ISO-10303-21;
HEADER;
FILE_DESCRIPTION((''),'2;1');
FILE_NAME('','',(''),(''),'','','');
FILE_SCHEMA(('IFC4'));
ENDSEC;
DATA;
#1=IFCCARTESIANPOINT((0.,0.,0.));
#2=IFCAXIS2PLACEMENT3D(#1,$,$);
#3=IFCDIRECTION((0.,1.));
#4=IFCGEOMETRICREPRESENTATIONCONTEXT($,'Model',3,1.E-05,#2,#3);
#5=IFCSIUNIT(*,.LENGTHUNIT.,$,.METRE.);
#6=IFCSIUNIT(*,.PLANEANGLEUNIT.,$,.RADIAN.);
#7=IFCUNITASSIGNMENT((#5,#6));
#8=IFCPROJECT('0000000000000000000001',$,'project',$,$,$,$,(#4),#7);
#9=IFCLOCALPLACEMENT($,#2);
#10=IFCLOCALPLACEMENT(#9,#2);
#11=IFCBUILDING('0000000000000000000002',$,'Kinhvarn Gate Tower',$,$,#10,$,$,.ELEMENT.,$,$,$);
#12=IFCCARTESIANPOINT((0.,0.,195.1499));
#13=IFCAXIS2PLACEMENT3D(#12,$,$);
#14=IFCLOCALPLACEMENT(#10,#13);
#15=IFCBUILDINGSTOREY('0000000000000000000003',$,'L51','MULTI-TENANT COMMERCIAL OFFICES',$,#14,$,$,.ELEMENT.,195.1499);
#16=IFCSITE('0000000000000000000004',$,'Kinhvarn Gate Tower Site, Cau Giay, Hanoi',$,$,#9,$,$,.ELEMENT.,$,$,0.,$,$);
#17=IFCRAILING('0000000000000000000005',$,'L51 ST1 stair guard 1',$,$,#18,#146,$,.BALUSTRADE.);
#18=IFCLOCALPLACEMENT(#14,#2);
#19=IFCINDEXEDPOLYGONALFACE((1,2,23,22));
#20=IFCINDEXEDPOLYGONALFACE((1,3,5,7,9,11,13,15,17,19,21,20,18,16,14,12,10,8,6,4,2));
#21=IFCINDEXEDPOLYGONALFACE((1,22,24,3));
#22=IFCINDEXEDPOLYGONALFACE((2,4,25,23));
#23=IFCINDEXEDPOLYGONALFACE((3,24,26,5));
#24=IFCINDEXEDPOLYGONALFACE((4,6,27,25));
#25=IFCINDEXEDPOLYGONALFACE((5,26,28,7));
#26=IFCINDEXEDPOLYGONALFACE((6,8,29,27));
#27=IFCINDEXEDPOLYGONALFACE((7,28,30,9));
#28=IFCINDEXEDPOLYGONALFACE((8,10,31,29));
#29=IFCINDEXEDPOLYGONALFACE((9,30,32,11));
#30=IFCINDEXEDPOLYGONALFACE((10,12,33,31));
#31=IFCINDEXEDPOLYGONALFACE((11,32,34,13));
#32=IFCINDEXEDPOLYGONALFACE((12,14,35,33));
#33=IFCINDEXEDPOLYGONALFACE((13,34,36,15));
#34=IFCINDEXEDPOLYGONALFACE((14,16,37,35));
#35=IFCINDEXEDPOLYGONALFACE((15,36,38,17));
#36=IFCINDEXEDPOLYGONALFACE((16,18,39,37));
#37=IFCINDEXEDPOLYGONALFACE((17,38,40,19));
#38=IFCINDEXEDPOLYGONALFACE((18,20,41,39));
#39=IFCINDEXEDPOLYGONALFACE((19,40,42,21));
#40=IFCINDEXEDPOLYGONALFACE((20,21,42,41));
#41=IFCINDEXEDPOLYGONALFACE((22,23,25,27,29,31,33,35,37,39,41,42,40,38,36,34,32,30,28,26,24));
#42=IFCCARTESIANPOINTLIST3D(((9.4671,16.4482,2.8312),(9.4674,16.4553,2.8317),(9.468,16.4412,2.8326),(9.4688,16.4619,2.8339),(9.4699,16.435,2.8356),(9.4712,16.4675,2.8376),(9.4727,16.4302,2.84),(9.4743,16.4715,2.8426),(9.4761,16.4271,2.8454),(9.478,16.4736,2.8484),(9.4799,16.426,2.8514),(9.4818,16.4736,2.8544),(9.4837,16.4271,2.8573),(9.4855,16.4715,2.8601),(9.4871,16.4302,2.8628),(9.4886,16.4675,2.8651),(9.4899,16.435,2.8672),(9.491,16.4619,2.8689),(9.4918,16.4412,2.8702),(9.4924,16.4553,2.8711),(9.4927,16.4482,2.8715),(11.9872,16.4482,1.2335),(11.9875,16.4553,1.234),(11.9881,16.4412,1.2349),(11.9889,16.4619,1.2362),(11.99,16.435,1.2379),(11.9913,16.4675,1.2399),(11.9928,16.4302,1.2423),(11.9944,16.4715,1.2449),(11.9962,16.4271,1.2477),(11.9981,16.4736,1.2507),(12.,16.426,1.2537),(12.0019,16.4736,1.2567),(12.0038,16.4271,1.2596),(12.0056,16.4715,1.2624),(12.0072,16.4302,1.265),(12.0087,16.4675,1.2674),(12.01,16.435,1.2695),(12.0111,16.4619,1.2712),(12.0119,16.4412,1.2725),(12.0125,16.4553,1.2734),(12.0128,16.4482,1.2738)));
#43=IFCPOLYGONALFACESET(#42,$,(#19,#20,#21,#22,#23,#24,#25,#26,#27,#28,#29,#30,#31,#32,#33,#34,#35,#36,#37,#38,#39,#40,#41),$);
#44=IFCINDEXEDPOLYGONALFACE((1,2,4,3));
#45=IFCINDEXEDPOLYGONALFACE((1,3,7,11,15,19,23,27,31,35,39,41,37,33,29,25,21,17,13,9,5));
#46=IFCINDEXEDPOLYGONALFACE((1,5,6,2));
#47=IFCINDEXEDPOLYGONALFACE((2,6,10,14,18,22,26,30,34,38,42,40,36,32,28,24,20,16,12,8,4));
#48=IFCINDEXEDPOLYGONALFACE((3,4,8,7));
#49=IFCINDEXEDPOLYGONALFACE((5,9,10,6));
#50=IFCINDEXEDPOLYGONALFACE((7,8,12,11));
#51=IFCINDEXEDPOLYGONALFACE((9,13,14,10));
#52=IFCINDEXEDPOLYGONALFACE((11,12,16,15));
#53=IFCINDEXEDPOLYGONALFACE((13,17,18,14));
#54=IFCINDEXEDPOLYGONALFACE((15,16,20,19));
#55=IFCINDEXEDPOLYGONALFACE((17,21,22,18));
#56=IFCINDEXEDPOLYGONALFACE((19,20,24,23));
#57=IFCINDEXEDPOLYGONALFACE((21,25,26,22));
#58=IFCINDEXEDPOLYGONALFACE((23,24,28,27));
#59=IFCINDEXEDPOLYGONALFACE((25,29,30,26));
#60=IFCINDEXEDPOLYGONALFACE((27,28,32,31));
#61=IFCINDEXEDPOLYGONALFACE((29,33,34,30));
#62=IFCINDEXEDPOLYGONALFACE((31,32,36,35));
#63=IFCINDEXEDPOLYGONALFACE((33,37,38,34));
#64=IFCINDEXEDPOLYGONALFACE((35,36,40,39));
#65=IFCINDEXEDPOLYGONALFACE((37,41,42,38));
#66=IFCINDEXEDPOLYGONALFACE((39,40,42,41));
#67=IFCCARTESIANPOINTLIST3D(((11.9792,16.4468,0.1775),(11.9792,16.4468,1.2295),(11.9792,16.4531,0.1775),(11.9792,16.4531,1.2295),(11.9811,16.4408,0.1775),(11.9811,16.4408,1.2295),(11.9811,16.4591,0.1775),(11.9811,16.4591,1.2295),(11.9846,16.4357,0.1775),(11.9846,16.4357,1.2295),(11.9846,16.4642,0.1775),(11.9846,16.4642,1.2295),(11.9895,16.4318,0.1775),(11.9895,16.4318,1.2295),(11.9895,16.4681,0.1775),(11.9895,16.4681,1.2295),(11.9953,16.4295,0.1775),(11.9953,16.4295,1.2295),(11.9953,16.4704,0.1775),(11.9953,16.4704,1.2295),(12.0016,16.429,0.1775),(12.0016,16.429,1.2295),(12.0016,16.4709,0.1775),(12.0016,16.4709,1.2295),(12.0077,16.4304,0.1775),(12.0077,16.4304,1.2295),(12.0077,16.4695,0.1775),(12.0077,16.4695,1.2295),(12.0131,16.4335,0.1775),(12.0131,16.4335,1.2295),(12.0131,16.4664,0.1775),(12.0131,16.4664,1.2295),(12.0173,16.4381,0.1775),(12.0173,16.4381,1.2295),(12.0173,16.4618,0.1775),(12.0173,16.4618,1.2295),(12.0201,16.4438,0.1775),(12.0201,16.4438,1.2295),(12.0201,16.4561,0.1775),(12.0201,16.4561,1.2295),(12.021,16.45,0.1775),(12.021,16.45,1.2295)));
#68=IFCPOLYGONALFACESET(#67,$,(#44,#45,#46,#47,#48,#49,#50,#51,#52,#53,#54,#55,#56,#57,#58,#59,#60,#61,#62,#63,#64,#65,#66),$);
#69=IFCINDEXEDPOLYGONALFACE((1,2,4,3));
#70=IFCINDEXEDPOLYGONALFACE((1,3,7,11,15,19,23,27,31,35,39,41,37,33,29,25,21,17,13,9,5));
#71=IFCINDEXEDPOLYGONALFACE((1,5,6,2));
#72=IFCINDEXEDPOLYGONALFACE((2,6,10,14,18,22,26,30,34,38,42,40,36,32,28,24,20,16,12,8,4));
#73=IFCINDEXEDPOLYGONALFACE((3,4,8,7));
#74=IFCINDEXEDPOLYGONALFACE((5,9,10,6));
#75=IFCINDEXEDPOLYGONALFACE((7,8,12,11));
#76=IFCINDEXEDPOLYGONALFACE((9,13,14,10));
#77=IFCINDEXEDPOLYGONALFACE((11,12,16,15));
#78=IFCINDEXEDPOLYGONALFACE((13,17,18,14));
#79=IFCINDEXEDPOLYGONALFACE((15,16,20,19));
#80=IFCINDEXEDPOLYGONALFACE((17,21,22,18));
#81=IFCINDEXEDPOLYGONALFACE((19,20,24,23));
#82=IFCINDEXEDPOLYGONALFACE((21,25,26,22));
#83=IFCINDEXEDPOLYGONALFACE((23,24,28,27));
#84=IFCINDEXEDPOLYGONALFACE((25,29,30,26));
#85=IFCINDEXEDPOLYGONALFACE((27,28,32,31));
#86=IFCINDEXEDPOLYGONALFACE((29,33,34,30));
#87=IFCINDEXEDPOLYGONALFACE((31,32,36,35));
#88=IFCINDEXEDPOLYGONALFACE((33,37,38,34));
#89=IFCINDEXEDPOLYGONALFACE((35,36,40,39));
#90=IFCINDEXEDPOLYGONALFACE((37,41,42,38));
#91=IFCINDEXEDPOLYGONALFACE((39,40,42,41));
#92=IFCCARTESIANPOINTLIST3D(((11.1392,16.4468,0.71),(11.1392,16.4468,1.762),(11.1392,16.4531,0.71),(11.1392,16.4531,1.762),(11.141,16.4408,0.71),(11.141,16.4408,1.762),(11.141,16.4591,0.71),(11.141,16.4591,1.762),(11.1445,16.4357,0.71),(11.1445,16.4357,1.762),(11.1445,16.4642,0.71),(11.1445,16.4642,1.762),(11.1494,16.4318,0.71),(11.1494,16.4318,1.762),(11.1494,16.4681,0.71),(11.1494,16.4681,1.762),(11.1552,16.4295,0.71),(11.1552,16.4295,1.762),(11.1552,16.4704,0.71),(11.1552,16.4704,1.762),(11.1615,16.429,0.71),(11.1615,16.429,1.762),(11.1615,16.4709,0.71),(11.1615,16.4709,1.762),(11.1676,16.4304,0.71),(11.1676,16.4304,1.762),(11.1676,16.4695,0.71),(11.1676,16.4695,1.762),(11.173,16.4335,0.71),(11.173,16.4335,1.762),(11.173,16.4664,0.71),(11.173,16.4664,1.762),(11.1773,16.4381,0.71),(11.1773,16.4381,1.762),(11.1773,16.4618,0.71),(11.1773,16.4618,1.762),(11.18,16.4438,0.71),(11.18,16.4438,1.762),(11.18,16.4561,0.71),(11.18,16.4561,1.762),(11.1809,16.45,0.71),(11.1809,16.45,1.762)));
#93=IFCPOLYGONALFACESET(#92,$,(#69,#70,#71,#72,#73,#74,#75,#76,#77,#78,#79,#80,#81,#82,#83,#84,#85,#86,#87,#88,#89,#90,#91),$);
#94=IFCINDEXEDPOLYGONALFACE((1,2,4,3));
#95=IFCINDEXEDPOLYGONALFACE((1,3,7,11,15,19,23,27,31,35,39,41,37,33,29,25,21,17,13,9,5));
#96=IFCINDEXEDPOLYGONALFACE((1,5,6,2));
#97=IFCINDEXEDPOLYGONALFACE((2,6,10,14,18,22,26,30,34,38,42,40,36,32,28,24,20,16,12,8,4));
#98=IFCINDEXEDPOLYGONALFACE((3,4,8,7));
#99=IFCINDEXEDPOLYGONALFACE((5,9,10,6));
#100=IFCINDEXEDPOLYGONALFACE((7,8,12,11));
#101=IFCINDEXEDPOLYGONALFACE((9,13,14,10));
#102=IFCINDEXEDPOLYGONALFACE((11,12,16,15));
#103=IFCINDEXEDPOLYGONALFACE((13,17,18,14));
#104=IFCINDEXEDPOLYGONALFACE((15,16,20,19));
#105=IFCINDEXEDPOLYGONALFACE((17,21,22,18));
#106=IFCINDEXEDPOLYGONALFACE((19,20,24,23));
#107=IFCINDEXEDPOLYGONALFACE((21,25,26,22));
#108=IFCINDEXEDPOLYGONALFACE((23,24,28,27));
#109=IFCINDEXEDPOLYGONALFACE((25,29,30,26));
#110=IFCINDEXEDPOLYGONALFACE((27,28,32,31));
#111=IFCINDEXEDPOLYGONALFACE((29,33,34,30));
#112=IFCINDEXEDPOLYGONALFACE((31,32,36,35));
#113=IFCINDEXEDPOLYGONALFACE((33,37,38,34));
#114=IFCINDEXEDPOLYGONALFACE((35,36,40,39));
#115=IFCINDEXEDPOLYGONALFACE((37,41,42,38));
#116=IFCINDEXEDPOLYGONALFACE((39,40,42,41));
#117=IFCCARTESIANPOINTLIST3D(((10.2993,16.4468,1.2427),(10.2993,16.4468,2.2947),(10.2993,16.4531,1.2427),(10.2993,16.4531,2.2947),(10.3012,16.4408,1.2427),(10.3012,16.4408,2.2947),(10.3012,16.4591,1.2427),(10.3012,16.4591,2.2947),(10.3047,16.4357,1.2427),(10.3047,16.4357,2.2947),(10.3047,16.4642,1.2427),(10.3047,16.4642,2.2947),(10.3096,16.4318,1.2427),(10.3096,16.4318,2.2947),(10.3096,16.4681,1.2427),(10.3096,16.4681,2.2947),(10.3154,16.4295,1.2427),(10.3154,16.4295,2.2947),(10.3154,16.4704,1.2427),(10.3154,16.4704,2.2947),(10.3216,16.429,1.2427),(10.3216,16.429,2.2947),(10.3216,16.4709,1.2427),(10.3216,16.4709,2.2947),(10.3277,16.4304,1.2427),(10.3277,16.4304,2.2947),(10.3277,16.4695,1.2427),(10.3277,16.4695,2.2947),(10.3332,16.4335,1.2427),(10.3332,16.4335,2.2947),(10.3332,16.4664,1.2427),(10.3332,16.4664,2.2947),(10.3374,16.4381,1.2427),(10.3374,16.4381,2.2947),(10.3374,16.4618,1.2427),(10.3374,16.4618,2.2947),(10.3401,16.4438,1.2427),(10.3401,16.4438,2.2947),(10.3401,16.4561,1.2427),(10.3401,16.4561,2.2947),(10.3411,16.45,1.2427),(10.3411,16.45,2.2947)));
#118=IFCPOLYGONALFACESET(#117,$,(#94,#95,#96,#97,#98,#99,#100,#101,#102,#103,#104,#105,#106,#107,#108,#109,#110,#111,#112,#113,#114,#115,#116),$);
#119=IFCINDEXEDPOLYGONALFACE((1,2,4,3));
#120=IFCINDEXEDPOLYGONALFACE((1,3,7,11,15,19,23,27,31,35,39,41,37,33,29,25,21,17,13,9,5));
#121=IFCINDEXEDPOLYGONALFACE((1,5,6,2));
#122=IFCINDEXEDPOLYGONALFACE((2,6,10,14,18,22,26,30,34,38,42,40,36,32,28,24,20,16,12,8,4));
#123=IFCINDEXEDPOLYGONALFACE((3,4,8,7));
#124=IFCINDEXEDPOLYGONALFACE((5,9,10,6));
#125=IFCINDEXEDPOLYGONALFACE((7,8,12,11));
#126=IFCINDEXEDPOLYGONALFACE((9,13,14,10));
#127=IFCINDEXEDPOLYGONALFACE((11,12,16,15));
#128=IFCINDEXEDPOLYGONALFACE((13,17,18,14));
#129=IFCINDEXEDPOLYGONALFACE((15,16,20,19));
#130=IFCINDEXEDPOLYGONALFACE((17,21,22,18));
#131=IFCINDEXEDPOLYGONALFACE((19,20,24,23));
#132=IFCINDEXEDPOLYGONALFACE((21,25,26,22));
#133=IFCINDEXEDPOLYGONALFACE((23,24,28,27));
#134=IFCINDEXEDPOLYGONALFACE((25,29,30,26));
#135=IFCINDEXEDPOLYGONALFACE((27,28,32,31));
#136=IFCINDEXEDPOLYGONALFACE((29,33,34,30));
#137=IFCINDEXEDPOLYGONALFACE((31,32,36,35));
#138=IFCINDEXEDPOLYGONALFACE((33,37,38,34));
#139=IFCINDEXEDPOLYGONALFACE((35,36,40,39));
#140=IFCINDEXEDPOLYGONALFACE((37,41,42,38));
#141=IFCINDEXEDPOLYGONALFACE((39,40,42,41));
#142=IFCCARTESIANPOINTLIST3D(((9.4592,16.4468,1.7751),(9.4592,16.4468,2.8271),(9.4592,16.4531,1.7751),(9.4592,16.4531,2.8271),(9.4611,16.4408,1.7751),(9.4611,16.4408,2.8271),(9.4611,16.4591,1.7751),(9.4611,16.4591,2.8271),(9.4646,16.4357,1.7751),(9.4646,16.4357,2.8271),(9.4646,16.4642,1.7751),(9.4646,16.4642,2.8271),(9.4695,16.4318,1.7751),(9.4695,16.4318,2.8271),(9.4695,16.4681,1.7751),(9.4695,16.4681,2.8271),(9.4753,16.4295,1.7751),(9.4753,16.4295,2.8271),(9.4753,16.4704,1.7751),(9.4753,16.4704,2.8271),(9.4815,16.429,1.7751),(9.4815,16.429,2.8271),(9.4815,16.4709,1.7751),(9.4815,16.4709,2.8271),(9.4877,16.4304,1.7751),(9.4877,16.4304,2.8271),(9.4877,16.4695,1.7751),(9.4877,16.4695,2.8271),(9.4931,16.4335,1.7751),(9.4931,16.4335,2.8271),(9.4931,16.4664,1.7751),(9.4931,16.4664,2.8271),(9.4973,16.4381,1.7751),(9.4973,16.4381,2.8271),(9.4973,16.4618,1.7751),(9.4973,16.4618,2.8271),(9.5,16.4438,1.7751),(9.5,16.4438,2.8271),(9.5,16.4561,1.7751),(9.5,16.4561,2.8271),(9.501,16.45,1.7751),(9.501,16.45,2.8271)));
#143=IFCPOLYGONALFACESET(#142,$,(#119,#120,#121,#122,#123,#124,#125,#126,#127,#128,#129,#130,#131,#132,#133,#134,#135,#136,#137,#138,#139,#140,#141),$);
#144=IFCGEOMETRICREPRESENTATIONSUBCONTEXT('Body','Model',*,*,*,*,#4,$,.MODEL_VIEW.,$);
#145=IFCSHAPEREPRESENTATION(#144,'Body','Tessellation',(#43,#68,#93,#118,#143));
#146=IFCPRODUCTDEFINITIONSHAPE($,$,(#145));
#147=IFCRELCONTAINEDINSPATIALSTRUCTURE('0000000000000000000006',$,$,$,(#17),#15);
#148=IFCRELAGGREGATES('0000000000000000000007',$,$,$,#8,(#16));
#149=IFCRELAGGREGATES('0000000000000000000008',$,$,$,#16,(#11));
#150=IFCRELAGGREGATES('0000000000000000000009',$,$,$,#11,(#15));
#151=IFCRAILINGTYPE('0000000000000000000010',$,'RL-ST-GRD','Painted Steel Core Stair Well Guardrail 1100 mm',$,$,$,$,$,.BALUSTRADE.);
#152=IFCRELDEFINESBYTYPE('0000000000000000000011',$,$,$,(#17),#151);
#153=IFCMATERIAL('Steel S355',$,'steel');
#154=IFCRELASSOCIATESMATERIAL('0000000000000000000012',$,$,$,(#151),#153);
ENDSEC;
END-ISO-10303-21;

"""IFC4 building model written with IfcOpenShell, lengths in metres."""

from ifc_helpers import new_model, si_unit, direction, frame, origin, origin_2d, place, context, subcontext, project, spatial, circle, extrude, material, type_object, element, save


model = new_model("IFC4")

# Units and contexts
model_context = context("Model", 3, precision=1e-05, world=origin(), true_north=direction((0.0, 1.0)))
body_context = subcontext(model_context, "Body", "Model", "MODEL_VIEW")
ifc_project = project(units=[si_unit("LENGTHUNIT", "METRE"), si_unit("PLANEANGLEUNIT", "RADIAN")], contexts=[model_context])

# Site, building, storey
site_placement = place(None, origin())
site = spatial("IfcSite", under=ifc_project, at=site_placement, Name="Kinhvarn Gate Tower Site, Cau Giay, Hanoi", CompositionType="ELEMENT", RefElevation=0.0)
building_placement = place(site_placement, origin())
building = spatial("IfcBuilding", under=site, at=building_placement, Name="Kinhvarn Gate Tower", CompositionType="ELEMENT")
storey_placement = place(building_placement, frame((0.0, 0.0, 195.1499)))
storey = spatial("IfcBuildingStorey", under=building, at=storey_placement, Name="L51", Description="MULTI-TENANT COMMERCIAL OFFICES", CompositionType="ELEMENT", Elevation=195.1499)

# Shared definitions
ifc_material_1 = material(Name="Steel S355", Category="steel")

# Railing
railing_type_1 = type_object("IfcRailingType", Name="RL-ST-GRD", Description="Painted Steel Core Stair Well Guardrail 1100 mm", PredefinedType="BALUSTRADE", material=ifc_material_1)
railing_1_placement = place(storey_placement, frame((12.0, 16.45, 0.1775)))
element("IfcRailing", 1, at=railing_1_placement, inside=storey, type_object=railing_type_1, Name="L51 ST1 stair guard 1", PredefinedType="BALUSTRADE", context=body_context, shape_type="SweptSolid", body=[
    extrude(circle(Radius=0.0239, at=origin_2d()), frame((0.0, 0.0, 1.0762), z_axis=(-0.84457, 0.0, 0.535445), x_axis=(0.0, -1.0, 0.0)), (0.0, 0.0, 1.0), 2.9839),
    extrude(circle(Radius=0.021, at=origin_2d()), origin(), (0.0, 0.0, 1.0), 1.052),
    extrude(circle(Radius=0.021, at=origin_2d()), frame((-0.8401, 0.0, 0.5325)), (0.0, 0.0, 1.0), 1.052),
    extrude(circle(Radius=0.021, at=origin_2d()), frame((-1.6799, 0.0, 1.0652)), (0.0, 0.0, 1.0), 1.052),
    extrude(circle(Radius=0.021, at=origin_2d()), frame((-2.52, 0.0, 1.5977)), (0.0, 0.0, 1.0), 1.052),
])

save(model, "model.ifc")
